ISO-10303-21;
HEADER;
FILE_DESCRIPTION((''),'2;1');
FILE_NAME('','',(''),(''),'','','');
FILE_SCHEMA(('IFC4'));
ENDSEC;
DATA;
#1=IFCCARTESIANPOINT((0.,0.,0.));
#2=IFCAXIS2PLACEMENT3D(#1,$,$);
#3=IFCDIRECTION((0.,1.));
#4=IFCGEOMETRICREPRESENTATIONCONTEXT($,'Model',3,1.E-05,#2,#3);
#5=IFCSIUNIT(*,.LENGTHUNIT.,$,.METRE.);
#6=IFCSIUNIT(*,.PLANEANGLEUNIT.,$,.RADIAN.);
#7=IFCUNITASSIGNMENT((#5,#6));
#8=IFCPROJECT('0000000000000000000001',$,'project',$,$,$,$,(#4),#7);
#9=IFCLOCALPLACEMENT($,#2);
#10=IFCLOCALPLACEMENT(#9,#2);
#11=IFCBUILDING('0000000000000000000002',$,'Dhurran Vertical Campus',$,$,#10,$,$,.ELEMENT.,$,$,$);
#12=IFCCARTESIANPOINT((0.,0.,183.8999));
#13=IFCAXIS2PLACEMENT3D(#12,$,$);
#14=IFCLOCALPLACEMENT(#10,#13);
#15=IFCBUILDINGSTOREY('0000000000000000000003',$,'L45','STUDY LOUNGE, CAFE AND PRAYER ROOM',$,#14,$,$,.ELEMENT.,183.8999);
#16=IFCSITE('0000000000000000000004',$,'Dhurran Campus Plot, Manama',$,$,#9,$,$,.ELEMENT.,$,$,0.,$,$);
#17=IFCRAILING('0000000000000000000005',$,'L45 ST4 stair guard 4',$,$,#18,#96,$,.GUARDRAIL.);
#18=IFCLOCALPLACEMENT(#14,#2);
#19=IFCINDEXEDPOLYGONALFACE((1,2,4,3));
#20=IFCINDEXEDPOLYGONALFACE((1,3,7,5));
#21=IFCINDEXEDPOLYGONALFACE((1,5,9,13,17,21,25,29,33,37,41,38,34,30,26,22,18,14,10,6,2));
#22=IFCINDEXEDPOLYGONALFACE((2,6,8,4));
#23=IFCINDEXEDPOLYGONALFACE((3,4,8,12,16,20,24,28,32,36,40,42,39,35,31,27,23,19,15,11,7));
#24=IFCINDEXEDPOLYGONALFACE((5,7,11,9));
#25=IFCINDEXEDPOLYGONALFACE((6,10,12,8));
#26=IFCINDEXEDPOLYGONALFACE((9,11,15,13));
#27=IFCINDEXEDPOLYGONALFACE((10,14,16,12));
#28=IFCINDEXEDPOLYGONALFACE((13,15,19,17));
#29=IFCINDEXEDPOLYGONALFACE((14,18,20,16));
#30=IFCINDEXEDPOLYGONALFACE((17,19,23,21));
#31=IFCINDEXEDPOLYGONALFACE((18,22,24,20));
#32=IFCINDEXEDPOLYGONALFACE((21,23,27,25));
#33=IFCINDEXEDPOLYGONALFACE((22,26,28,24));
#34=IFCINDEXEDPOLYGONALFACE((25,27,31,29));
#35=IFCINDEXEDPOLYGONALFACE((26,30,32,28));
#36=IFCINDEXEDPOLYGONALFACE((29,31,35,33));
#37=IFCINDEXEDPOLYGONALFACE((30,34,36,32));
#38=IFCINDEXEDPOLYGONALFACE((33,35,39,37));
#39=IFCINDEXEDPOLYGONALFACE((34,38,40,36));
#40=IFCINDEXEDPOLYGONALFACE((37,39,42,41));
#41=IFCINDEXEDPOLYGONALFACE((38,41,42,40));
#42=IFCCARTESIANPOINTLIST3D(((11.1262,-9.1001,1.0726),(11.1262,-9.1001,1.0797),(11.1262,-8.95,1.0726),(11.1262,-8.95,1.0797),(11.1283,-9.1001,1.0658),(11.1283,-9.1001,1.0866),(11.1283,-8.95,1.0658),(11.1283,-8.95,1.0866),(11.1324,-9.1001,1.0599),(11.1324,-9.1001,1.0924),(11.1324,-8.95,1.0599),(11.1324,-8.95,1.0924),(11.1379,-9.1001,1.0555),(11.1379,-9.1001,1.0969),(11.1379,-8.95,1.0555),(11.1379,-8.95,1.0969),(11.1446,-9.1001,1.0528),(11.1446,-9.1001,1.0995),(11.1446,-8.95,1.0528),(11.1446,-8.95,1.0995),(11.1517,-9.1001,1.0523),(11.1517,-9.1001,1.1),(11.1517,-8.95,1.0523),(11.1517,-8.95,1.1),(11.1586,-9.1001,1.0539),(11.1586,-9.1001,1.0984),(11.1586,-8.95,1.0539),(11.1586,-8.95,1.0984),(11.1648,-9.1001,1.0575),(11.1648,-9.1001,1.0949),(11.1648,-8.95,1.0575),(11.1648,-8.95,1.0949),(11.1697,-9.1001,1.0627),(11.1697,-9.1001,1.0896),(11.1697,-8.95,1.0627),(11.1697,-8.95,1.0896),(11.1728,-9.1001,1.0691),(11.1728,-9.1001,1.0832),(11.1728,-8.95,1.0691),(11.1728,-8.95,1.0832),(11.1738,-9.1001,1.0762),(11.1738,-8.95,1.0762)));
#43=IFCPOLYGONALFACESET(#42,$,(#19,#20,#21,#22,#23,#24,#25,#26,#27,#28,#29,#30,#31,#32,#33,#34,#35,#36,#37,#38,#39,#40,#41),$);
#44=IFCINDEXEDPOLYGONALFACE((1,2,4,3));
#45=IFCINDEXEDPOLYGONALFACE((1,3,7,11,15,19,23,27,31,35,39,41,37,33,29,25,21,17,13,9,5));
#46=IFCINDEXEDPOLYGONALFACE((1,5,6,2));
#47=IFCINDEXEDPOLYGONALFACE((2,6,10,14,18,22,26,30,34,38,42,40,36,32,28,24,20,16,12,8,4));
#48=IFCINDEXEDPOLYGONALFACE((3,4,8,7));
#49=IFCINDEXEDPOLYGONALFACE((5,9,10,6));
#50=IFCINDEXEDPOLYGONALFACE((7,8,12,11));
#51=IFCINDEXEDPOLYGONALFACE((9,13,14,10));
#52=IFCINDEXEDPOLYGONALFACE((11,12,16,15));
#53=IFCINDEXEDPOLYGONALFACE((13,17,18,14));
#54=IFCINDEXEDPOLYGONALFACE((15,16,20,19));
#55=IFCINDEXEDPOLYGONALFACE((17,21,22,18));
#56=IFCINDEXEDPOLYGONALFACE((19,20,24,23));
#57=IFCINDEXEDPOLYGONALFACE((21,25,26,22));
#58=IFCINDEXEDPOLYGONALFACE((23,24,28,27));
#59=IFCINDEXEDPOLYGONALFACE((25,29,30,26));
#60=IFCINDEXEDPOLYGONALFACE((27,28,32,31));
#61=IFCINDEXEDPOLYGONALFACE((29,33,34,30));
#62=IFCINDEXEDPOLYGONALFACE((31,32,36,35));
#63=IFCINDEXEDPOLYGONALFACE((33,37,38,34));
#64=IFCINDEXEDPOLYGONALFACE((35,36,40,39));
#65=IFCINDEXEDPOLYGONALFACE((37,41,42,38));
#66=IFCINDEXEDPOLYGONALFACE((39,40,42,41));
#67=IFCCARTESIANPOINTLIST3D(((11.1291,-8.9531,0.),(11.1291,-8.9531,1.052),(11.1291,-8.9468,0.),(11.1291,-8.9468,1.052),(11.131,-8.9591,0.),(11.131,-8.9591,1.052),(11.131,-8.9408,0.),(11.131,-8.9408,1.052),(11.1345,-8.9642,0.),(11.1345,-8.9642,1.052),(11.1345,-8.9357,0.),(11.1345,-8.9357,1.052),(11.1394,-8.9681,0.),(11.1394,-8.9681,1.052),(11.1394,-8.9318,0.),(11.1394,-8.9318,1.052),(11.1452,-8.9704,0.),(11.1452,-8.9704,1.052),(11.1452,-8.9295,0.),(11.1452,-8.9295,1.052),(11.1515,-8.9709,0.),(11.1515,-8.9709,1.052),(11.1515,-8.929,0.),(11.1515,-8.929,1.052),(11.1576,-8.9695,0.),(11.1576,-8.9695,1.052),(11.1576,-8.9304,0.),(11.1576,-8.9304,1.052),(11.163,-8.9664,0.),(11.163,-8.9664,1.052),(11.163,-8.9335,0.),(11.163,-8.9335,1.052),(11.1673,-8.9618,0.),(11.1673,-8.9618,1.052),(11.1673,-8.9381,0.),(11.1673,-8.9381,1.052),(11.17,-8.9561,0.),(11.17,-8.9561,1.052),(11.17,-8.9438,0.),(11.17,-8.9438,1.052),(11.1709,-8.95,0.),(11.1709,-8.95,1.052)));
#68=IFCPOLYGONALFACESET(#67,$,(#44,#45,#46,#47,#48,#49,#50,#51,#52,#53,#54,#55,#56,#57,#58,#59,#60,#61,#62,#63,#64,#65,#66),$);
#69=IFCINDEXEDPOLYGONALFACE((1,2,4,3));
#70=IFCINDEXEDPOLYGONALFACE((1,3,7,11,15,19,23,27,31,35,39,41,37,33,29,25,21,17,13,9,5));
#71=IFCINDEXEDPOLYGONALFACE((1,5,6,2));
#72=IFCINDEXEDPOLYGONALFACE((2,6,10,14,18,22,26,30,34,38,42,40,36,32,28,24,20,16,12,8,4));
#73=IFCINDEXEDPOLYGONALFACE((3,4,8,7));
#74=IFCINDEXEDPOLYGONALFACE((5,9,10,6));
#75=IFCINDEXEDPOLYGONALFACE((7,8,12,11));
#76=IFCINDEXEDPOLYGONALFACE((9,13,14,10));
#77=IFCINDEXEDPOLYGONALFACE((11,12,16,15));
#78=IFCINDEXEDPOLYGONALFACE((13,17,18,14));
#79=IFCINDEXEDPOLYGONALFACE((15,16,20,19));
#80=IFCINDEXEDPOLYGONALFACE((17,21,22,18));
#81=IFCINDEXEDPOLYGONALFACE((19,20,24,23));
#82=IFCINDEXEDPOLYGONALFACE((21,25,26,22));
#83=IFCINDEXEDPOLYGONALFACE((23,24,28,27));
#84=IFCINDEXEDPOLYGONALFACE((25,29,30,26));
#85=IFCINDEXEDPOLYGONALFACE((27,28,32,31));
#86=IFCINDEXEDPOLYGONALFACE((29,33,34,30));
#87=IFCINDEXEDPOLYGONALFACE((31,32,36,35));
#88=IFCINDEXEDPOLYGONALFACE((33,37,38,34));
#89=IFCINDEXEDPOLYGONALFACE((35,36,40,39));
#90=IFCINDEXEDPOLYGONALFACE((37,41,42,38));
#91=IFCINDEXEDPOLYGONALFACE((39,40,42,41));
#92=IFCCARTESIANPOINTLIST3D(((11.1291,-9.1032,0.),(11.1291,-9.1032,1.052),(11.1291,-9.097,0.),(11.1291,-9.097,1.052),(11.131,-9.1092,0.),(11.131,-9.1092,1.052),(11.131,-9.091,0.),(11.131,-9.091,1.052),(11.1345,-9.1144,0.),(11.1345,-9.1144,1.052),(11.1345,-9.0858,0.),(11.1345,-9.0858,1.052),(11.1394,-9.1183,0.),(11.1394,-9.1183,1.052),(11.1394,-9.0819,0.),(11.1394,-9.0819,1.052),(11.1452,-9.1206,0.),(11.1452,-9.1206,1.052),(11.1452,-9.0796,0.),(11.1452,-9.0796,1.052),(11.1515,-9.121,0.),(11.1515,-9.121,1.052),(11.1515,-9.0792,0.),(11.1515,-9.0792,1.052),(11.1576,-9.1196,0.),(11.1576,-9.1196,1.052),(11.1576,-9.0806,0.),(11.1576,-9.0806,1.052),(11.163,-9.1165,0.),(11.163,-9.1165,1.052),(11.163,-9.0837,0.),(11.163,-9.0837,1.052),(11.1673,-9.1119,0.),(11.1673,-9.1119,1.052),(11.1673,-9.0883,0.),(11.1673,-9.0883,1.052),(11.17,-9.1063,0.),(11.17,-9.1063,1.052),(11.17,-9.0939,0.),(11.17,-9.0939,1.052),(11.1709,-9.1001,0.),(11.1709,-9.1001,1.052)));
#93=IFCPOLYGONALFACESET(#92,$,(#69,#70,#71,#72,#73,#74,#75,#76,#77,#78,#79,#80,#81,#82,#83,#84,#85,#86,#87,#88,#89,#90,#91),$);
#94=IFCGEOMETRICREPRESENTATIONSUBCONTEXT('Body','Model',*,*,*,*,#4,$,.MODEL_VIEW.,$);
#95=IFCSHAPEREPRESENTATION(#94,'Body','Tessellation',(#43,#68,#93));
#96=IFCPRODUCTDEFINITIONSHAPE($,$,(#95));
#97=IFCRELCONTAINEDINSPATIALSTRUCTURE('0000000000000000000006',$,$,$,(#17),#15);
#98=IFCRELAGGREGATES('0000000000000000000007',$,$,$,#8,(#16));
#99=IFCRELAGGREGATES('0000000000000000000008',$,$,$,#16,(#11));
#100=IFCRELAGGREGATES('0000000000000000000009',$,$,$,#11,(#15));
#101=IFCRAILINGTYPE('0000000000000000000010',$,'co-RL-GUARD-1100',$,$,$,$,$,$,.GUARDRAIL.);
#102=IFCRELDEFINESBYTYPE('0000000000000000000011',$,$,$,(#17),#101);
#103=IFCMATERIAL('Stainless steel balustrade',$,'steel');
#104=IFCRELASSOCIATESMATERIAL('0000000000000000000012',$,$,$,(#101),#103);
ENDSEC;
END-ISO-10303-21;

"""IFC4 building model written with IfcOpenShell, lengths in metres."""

from ifc_helpers import new_model, si_unit, direction, frame, origin, origin_2d, place, context, subcontext, project, spatial, circle, extrude, material, type_object, element, save


model = new_model("IFC4")

# Units and contexts
model_context = context("Model", 3, precision=1e-05, world=origin(), true_north=direction((0.0, 1.0)))
body_context = subcontext(model_context, "Body", "Model", "MODEL_VIEW")
ifc_project = project(units=[si_unit("LENGTHUNIT", "METRE"), si_unit("PLANEANGLEUNIT", "RADIAN")], contexts=[model_context])

# Site, building, storey
site_placement = place(None, origin())
site = spatial("IfcSite", under=ifc_project, at=site_placement, Name="Dhurran Campus Plot, Manama", CompositionType="ELEMENT", RefElevation=0.0)
building_placement = place(site_placement, origin())
building = spatial("IfcBuilding", under=site, at=building_placement, Name="Dhurran Vertical Campus", CompositionType="ELEMENT")
storey_placement = place(building_placement, frame((0.0, 0.0, 183.8999)))
storey = spatial("IfcBuildingStorey", under=building, at=storey_placement, Name="L45", Description="STUDY LOUNGE, CAFE AND PRAYER ROOM", CompositionType="ELEMENT", Elevation=183.8999)

# Railing
ifc_material_1 = material(Name="Stainless steel balustrade", Category="steel")
railing_type_1 = type_object("IfcRailingType", Name="co-RL-GUARD-1100", PredefinedType="GUARDRAIL", material=ifc_material_1)
railing_1_placement = place(storey_placement, frame((11.1499, -8.95, 0.0)))
element("IfcRailing", 1, at=railing_1_placement, inside=storey, type_object=railing_type_1, Name="L45 ST4 stair guard 4", PredefinedType="GUARDRAIL", context=body_context, shape_type="SweptSolid", body=[
    extrude(circle(Radius=0.0239, at=origin_2d()), frame((0.0, 0.0, 1.0762), z_axis=(0.0, -1.0, 0.0), x_axis=(1.0, 0.0, 0.0)), (0.0, 0.0, 1.0), 0.1501),
    extrude(circle(Radius=0.021, at=origin_2d()), origin(), (0.0, 0.0, 1.0), 1.052),
    extrude(circle(Radius=0.021, at=origin_2d()), frame((0.0, -0.1501, 0.0)), (0.0, 0.0, 1.0), 1.052),
])

save(model, "model.ifc")
